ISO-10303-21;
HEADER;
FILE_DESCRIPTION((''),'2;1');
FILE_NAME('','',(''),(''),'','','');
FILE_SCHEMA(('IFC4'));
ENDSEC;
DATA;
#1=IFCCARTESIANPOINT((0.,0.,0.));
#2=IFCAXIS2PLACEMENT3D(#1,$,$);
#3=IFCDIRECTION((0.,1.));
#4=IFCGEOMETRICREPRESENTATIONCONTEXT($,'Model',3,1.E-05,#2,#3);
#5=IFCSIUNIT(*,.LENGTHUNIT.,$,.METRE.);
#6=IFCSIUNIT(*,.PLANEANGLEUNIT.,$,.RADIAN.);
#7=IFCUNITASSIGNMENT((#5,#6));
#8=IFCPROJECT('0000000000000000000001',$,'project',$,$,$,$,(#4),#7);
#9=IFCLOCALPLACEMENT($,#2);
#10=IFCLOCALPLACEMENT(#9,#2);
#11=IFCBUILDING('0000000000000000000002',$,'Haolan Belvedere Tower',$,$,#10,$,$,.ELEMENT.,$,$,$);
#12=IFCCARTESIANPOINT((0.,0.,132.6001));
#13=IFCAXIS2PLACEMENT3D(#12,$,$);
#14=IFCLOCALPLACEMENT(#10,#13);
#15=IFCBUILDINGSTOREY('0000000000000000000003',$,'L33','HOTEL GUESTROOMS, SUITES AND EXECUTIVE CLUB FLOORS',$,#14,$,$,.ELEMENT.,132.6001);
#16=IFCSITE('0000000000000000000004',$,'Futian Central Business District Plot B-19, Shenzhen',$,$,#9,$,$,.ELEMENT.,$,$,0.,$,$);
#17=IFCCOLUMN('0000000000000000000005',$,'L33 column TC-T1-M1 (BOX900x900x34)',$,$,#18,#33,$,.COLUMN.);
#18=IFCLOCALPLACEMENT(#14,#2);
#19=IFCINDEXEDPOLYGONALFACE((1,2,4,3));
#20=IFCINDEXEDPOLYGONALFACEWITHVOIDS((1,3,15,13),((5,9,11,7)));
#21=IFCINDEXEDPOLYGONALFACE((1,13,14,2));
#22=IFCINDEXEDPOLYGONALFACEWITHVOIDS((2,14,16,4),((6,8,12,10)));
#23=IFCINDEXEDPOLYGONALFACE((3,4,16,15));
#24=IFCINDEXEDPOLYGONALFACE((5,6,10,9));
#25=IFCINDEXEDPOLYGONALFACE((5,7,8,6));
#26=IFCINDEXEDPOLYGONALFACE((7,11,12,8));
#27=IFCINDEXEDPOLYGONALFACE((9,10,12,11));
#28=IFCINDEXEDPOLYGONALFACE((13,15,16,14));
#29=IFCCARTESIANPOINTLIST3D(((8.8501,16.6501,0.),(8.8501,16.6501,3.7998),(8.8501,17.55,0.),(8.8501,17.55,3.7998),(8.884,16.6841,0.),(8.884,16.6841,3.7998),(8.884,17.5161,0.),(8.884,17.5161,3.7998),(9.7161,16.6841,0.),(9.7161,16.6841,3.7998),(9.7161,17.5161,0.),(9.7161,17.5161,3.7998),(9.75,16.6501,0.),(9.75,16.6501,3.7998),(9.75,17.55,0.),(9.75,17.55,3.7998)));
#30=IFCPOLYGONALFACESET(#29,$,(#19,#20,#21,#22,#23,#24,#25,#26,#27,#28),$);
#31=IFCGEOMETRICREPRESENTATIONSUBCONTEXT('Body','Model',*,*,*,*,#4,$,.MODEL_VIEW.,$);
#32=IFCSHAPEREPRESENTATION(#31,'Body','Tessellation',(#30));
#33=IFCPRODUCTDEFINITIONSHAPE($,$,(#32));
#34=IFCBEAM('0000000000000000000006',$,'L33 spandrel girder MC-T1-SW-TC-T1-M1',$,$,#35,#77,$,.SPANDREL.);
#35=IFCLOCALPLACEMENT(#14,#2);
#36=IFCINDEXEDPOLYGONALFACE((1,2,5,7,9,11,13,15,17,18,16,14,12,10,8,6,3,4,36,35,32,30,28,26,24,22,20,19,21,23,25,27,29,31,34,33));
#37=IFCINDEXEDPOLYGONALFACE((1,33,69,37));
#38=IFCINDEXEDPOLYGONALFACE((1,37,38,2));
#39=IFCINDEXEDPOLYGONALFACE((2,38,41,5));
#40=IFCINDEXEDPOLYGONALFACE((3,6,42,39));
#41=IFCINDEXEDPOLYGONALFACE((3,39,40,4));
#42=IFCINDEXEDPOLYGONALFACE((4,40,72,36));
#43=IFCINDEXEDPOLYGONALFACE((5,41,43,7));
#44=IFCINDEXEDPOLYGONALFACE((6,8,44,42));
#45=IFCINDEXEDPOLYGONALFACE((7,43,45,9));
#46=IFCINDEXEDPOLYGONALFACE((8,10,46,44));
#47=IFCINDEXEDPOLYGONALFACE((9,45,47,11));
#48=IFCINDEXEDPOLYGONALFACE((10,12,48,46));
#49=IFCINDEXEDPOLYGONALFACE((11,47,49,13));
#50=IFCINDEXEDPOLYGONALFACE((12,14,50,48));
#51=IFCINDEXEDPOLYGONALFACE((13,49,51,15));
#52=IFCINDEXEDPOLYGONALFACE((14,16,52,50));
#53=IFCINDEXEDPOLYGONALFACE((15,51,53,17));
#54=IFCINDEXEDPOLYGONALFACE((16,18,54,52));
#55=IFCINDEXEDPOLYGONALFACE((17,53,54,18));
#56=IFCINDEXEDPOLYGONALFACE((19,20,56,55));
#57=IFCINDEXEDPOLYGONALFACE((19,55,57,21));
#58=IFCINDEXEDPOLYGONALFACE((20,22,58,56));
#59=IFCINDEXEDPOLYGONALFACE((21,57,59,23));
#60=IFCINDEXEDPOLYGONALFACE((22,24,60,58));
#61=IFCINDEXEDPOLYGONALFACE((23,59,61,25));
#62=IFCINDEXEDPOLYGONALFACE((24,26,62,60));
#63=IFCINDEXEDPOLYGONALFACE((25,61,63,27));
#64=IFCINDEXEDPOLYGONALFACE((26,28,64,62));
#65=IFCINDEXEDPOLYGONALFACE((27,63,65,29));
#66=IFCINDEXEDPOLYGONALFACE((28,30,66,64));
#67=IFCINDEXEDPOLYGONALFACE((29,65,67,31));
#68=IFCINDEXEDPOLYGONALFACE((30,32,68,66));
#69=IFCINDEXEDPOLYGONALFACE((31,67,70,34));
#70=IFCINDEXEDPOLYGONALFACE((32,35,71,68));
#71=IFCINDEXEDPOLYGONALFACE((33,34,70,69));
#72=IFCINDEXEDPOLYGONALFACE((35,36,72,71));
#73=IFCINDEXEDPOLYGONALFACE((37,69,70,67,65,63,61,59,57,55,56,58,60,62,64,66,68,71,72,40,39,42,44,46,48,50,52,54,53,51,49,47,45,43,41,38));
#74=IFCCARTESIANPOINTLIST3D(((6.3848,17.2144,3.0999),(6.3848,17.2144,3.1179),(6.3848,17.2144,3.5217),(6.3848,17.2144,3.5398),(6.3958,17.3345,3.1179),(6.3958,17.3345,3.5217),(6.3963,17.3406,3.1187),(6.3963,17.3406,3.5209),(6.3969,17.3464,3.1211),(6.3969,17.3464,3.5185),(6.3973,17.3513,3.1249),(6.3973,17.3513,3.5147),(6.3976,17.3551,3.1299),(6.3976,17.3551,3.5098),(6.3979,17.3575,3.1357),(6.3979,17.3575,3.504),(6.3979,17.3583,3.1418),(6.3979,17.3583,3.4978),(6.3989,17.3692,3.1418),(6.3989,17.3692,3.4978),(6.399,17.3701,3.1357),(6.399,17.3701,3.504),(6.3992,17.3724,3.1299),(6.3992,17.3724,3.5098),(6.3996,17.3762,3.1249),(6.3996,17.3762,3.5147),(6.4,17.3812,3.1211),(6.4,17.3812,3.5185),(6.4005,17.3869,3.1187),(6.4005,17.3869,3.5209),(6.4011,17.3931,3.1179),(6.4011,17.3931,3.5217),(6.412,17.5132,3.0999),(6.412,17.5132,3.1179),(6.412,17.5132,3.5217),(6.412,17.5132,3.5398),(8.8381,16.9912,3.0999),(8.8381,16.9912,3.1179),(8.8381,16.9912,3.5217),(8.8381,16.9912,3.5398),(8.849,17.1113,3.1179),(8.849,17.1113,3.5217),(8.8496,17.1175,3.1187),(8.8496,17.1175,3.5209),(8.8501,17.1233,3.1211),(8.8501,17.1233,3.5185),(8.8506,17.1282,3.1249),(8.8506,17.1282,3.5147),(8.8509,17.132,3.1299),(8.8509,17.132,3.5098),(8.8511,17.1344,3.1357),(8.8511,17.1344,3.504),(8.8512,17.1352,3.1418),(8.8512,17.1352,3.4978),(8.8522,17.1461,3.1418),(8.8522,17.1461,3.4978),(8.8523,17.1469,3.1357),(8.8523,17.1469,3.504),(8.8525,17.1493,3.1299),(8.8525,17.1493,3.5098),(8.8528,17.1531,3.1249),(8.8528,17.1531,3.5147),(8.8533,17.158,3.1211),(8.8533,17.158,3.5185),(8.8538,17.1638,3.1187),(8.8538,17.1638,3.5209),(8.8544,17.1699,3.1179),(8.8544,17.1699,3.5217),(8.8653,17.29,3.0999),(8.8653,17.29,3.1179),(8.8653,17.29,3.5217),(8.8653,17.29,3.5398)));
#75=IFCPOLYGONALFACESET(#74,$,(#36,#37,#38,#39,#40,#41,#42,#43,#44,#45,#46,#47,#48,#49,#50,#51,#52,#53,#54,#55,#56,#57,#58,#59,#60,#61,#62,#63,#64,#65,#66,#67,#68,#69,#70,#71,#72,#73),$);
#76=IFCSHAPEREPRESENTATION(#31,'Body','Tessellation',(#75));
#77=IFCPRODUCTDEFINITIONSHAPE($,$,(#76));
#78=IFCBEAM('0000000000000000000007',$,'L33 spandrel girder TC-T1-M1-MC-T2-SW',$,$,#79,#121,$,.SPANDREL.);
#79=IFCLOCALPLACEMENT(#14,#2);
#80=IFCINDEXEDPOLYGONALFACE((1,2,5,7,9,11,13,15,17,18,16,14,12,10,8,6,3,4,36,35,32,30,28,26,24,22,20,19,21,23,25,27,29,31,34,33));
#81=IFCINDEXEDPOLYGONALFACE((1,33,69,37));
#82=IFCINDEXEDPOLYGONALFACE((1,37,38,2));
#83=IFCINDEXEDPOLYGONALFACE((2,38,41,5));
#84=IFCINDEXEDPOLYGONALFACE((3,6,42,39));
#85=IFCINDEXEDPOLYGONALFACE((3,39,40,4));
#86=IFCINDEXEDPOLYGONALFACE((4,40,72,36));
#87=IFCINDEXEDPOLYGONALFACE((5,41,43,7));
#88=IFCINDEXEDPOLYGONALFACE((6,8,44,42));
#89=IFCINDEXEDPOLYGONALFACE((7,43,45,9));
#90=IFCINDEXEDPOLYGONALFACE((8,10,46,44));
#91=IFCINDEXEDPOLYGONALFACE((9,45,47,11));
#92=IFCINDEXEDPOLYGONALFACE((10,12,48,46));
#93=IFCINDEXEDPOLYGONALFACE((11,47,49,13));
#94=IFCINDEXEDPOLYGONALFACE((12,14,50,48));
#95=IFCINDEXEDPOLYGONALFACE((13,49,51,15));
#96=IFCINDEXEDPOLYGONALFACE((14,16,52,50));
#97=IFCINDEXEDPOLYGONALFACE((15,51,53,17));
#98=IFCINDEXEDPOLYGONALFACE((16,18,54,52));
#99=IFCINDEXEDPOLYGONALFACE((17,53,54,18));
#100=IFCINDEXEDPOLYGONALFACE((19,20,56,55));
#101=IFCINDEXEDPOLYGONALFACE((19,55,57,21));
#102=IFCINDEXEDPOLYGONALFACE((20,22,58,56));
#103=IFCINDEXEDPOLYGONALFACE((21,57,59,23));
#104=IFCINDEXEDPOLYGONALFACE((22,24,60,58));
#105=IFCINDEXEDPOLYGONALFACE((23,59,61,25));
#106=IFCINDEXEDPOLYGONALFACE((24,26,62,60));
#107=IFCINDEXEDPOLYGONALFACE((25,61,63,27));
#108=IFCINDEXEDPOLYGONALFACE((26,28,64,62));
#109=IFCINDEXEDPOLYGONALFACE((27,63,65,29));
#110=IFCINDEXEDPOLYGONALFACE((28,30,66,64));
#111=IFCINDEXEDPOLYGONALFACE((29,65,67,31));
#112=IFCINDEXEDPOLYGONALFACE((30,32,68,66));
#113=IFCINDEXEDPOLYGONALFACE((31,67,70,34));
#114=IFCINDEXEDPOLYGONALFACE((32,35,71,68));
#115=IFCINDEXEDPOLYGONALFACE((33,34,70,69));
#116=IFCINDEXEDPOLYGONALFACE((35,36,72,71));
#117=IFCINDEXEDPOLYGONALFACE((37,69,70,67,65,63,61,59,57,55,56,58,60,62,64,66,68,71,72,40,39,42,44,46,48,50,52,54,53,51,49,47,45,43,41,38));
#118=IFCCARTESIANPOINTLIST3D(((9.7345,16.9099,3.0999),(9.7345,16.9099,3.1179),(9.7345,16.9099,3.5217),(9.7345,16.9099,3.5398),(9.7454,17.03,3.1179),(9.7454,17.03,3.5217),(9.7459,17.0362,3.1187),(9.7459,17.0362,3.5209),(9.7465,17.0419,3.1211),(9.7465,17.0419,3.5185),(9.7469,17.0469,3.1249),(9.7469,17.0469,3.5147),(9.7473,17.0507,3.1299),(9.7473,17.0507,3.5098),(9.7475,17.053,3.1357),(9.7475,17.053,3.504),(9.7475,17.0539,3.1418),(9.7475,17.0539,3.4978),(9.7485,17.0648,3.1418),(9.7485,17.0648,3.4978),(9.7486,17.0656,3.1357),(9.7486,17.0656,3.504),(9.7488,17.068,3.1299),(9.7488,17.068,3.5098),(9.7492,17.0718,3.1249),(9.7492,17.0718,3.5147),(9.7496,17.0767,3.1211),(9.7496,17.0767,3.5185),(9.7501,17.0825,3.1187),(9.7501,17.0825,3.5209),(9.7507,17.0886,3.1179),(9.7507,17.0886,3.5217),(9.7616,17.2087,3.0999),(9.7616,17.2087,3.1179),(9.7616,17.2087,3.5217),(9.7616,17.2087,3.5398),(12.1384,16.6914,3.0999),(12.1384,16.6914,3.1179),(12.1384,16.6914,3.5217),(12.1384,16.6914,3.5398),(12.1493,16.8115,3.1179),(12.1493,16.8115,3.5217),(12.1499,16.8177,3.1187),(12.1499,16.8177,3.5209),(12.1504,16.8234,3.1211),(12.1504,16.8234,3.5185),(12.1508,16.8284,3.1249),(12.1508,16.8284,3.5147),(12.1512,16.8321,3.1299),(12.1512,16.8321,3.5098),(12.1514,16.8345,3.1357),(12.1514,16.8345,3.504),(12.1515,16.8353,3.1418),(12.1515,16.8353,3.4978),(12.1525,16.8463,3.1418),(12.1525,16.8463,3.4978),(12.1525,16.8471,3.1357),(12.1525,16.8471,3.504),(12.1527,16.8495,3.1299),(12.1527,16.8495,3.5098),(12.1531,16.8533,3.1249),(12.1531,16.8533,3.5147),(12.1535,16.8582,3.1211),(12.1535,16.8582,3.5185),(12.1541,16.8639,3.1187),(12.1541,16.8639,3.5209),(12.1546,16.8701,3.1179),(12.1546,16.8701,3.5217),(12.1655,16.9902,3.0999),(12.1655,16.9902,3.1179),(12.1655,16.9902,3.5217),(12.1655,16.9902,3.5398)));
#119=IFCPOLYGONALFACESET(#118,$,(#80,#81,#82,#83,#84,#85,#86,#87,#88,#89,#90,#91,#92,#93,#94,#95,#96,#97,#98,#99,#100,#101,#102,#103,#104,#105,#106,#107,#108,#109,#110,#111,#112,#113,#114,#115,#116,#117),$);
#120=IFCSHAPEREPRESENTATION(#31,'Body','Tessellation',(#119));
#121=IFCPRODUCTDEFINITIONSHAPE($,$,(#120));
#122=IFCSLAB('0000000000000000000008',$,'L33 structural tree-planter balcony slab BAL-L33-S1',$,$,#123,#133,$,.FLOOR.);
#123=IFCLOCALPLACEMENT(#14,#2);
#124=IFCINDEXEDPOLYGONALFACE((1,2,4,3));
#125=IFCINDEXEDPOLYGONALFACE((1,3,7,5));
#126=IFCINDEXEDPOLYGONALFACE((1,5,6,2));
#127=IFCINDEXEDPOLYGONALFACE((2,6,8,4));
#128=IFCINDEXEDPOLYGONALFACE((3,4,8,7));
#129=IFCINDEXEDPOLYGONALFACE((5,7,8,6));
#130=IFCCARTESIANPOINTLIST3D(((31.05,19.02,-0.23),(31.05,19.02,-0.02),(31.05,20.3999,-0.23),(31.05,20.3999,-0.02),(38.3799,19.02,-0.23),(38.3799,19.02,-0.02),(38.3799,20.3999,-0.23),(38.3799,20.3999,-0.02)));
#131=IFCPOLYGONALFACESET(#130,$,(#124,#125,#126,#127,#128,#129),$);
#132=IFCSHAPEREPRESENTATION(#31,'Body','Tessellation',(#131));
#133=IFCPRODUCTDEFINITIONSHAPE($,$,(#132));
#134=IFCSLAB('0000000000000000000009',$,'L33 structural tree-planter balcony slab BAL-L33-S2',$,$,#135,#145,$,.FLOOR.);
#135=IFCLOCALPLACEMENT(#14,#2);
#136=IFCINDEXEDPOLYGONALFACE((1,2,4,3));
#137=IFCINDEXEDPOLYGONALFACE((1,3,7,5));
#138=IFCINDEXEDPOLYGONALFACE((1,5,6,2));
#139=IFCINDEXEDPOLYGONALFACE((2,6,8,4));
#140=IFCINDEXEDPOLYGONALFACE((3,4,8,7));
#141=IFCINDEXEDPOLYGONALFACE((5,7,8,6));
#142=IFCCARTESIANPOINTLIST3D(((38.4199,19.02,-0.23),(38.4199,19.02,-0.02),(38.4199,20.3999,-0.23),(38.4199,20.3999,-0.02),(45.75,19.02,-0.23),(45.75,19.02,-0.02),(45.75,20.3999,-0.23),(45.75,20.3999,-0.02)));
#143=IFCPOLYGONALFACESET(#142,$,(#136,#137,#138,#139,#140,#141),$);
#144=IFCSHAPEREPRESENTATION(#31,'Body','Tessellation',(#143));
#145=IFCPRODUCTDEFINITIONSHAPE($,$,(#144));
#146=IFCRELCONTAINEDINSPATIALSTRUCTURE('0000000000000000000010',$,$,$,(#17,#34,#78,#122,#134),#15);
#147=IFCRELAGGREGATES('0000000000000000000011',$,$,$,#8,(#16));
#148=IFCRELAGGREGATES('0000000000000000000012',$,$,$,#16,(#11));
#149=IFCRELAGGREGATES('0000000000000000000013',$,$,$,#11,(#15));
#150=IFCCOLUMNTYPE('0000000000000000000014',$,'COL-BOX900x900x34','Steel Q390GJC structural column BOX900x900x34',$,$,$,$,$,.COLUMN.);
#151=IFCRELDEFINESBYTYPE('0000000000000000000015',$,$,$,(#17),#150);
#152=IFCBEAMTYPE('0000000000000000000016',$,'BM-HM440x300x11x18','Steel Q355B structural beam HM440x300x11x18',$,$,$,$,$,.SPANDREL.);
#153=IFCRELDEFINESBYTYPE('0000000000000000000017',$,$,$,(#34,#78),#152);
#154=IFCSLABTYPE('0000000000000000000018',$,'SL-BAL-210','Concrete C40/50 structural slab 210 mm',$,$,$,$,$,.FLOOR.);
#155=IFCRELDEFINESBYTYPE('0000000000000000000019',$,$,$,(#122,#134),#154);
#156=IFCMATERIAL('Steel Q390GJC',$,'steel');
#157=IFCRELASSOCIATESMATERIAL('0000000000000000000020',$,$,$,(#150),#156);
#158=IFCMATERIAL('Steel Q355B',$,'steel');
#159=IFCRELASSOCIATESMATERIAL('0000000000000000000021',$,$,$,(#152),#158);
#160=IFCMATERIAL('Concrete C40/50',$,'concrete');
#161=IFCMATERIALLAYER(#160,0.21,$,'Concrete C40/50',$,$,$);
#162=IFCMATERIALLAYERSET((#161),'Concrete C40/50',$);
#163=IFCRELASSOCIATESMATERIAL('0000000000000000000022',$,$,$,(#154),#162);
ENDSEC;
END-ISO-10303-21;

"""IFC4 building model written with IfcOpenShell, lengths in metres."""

from ifc_helpers import new_model, si_unit, direction, frame, origin, origin_2d, place, context, subcontext, project, spatial, polyline, hollow_rectangle, i_section, outline, extrude, material, layer, layer_set, material_profile, profile_set, type_object, element, save


model = new_model("IFC4")

# Units and contexts
model_context = context("Model", 3, precision=1e-05, world=origin(), true_north=direction((0.0, 1.0)))
body_context = subcontext(model_context, "Body", "Model", "MODEL_VIEW")
ifc_project = project(units=[si_unit("LENGTHUNIT", "METRE"), si_unit("PLANEANGLEUNIT", "RADIAN")], contexts=[model_context])

# Site, building, storey
site_placement = place(None, origin())
site = spatial("IfcSite", under=ifc_project, at=site_placement, Name="Futian Central Business District Plot B-19, Shenzhen", CompositionType="ELEMENT", RefElevation=0.0)
building_placement = place(site_placement, origin())
building = spatial("IfcBuilding", under=site, at=building_placement, Name="Haolan Belvedere Tower", CompositionType="ELEMENT")
storey_placement = place(building_placement, frame((0.0, 0.0, 132.6001)))
storey = spatial("IfcBuildingStorey", under=building, at=storey_placement, Name="L33", Description="HOTEL GUESTROOMS, SUITES AND EXECUTIVE CLUB FLOORS", CompositionType="ELEMENT", Elevation=132.6001)

# Column
ifc_material_1 = material(Name="Steel Q390GJC", Category="steel")
ifc_material_profile_1 = material_profile(ifc_material_1, hollow_rectangle(XDim=0.8999, YDim=0.8999, WallThickness=0.0339, at=origin_2d()), Name="Steel Q390GJC")
ifc_profile_set_1 = profile_set([ifc_material_profile_1], Name="Steel Q390GJC")
column_type = type_object("IfcColumnType", Name="COL-BOX900x900x34", Description="Steel Q390GJC structural column BOX900x900x34", PredefinedType="COLUMN", material=ifc_profile_set_1)
column_placement = place(storey_placement, frame((9.3, 17.1001, 0.0), z_axis=(0.0, 0.0, 1.0), x_axis=(1.0, 0.0, 0.0)))
element("IfcColumn", 1, at=column_placement, inside=storey, type_object=column_type, Name="L33 column TC-T1-M1 (BOX900x900x34)", PredefinedType="COLUMN", context=body_context, shape_type="SweptSolid", body=[
    extrude(hollow_rectangle(XDim=0.8999, YDim=0.8999, WallThickness=0.0339, at=origin_2d()), origin(), (0.0, 0.0, 1.0), 3.7998),
])

# Beams
ifc_material_2 = material(Name="Steel Q355B", Category="steel")
ifc_material_profile_2 = material_profile(ifc_material_2, i_section(OverallWidth=0.3, OverallDepth=0.4399, WebThickness=0.011, FlangeThickness=0.0181, FilletRadius=0.0239, at=origin_2d()), Name="Steel Q355B")
ifc_profile_set_2 = profile_set([ifc_material_profile_2], Name="Steel Q355B")
beam_type = type_object("IfcBeamType", Name="BM-HM440x300x11x18", Description="Steel Q355B structural beam HM440x300x11x18", PredefinedType="SPANDREL", material=ifc_profile_set_2)
beam_1_placement = place(storey_placement, frame((6.3984, 17.3638, 3.3198), z_axis=(0.995889, -0.09058, 0.0), x_axis=(0.09058, 0.995889, 0.0)))
element("IfcBeam", 2, at=beam_1_placement, inside=storey, type_object=beam_type, Name="L33 spandrel girder MC-T1-SW-TC-T1-M1", PredefinedType="SPANDREL", context=body_context, shape_type="SweptSolid", body=[
    extrude(i_section(OverallWidth=0.3, OverallDepth=0.4399, WebThickness=0.011, FlangeThickness=0.0181, FilletRadius=0.0239, at=origin_2d()), origin(), (0.0, 0.0, 1.0), 2.4634),
])
beam_2_placement = place(storey_placement, frame((9.748, 17.0593, 3.3198), z_axis=(0.995894, -0.090527, 0.0), x_axis=(0.090527, 0.995894, 0.0)))
element("IfcBeam", 3, at=beam_2_placement, inside=storey, type_object=beam_type, Name="L33 spandrel girder TC-T1-M1-MC-T2-SW", PredefinedType="SPANDREL", context=body_context, shape_type="SweptSolid", body=[
    extrude(i_section(OverallWidth=0.3, OverallDepth=0.4399, WebThickness=0.011, FlangeThickness=0.0181, FilletRadius=0.0239, at=origin_2d()), origin(), (0.0, 0.0, 1.0), 2.4138),
])

# Slabs
ifc_material_3 = material(Name="Concrete C40/50", Category="concrete")
ifc_layer_1 = layer(ifc_material_3, 0.21, Name="Concrete C40/50")
ifc_layer_set_1 = layer_set([ifc_layer_1], Name="Concrete C40/50")
slab_type_1 = type_object("IfcSlabType", Name="SL-BAL-210", Description="Concrete C40/50 structural slab 210 mm", PredefinedType="FLOOR", material=ifc_layer_set_1)
slab_1_placement = place(storey_placement, frame((0.0, 0.0, -0.23)))
element("IfcSlab", 4, at=slab_1_placement, inside=storey, type_object=slab_type_1, Name="L33 structural tree-planter balcony slab BAL-L33-S1", PredefinedType="FLOOR", context=body_context, shape_type="SweptSolid", body=[
    extrude(outline(polyline([(31.05, 19.02), (38.3799, 19.02), (38.3799, 20.3999), (31.05, 20.3999), (31.05, 19.02)])), origin(), (0.0, 0.0, 1.0), 0.21),
])
slab_2_placement = place(storey_placement, frame((0.0, 0.0, -0.23)))
element("IfcSlab", 5, at=slab_2_placement, inside=storey, type_object=slab_type_1, Name="L33 structural tree-planter balcony slab BAL-L33-S2", PredefinedType="FLOOR", context=body_context, shape_type="SweptSolid", body=[
    extrude(outline(polyline([(38.4199, 19.02), (45.75, 19.02), (45.75, 20.3999), (38.4199, 20.3999), (38.4199, 19.02)])), origin(), (0.0, 0.0, 1.0), 0.21),
])

save(model, "model.ifc")
